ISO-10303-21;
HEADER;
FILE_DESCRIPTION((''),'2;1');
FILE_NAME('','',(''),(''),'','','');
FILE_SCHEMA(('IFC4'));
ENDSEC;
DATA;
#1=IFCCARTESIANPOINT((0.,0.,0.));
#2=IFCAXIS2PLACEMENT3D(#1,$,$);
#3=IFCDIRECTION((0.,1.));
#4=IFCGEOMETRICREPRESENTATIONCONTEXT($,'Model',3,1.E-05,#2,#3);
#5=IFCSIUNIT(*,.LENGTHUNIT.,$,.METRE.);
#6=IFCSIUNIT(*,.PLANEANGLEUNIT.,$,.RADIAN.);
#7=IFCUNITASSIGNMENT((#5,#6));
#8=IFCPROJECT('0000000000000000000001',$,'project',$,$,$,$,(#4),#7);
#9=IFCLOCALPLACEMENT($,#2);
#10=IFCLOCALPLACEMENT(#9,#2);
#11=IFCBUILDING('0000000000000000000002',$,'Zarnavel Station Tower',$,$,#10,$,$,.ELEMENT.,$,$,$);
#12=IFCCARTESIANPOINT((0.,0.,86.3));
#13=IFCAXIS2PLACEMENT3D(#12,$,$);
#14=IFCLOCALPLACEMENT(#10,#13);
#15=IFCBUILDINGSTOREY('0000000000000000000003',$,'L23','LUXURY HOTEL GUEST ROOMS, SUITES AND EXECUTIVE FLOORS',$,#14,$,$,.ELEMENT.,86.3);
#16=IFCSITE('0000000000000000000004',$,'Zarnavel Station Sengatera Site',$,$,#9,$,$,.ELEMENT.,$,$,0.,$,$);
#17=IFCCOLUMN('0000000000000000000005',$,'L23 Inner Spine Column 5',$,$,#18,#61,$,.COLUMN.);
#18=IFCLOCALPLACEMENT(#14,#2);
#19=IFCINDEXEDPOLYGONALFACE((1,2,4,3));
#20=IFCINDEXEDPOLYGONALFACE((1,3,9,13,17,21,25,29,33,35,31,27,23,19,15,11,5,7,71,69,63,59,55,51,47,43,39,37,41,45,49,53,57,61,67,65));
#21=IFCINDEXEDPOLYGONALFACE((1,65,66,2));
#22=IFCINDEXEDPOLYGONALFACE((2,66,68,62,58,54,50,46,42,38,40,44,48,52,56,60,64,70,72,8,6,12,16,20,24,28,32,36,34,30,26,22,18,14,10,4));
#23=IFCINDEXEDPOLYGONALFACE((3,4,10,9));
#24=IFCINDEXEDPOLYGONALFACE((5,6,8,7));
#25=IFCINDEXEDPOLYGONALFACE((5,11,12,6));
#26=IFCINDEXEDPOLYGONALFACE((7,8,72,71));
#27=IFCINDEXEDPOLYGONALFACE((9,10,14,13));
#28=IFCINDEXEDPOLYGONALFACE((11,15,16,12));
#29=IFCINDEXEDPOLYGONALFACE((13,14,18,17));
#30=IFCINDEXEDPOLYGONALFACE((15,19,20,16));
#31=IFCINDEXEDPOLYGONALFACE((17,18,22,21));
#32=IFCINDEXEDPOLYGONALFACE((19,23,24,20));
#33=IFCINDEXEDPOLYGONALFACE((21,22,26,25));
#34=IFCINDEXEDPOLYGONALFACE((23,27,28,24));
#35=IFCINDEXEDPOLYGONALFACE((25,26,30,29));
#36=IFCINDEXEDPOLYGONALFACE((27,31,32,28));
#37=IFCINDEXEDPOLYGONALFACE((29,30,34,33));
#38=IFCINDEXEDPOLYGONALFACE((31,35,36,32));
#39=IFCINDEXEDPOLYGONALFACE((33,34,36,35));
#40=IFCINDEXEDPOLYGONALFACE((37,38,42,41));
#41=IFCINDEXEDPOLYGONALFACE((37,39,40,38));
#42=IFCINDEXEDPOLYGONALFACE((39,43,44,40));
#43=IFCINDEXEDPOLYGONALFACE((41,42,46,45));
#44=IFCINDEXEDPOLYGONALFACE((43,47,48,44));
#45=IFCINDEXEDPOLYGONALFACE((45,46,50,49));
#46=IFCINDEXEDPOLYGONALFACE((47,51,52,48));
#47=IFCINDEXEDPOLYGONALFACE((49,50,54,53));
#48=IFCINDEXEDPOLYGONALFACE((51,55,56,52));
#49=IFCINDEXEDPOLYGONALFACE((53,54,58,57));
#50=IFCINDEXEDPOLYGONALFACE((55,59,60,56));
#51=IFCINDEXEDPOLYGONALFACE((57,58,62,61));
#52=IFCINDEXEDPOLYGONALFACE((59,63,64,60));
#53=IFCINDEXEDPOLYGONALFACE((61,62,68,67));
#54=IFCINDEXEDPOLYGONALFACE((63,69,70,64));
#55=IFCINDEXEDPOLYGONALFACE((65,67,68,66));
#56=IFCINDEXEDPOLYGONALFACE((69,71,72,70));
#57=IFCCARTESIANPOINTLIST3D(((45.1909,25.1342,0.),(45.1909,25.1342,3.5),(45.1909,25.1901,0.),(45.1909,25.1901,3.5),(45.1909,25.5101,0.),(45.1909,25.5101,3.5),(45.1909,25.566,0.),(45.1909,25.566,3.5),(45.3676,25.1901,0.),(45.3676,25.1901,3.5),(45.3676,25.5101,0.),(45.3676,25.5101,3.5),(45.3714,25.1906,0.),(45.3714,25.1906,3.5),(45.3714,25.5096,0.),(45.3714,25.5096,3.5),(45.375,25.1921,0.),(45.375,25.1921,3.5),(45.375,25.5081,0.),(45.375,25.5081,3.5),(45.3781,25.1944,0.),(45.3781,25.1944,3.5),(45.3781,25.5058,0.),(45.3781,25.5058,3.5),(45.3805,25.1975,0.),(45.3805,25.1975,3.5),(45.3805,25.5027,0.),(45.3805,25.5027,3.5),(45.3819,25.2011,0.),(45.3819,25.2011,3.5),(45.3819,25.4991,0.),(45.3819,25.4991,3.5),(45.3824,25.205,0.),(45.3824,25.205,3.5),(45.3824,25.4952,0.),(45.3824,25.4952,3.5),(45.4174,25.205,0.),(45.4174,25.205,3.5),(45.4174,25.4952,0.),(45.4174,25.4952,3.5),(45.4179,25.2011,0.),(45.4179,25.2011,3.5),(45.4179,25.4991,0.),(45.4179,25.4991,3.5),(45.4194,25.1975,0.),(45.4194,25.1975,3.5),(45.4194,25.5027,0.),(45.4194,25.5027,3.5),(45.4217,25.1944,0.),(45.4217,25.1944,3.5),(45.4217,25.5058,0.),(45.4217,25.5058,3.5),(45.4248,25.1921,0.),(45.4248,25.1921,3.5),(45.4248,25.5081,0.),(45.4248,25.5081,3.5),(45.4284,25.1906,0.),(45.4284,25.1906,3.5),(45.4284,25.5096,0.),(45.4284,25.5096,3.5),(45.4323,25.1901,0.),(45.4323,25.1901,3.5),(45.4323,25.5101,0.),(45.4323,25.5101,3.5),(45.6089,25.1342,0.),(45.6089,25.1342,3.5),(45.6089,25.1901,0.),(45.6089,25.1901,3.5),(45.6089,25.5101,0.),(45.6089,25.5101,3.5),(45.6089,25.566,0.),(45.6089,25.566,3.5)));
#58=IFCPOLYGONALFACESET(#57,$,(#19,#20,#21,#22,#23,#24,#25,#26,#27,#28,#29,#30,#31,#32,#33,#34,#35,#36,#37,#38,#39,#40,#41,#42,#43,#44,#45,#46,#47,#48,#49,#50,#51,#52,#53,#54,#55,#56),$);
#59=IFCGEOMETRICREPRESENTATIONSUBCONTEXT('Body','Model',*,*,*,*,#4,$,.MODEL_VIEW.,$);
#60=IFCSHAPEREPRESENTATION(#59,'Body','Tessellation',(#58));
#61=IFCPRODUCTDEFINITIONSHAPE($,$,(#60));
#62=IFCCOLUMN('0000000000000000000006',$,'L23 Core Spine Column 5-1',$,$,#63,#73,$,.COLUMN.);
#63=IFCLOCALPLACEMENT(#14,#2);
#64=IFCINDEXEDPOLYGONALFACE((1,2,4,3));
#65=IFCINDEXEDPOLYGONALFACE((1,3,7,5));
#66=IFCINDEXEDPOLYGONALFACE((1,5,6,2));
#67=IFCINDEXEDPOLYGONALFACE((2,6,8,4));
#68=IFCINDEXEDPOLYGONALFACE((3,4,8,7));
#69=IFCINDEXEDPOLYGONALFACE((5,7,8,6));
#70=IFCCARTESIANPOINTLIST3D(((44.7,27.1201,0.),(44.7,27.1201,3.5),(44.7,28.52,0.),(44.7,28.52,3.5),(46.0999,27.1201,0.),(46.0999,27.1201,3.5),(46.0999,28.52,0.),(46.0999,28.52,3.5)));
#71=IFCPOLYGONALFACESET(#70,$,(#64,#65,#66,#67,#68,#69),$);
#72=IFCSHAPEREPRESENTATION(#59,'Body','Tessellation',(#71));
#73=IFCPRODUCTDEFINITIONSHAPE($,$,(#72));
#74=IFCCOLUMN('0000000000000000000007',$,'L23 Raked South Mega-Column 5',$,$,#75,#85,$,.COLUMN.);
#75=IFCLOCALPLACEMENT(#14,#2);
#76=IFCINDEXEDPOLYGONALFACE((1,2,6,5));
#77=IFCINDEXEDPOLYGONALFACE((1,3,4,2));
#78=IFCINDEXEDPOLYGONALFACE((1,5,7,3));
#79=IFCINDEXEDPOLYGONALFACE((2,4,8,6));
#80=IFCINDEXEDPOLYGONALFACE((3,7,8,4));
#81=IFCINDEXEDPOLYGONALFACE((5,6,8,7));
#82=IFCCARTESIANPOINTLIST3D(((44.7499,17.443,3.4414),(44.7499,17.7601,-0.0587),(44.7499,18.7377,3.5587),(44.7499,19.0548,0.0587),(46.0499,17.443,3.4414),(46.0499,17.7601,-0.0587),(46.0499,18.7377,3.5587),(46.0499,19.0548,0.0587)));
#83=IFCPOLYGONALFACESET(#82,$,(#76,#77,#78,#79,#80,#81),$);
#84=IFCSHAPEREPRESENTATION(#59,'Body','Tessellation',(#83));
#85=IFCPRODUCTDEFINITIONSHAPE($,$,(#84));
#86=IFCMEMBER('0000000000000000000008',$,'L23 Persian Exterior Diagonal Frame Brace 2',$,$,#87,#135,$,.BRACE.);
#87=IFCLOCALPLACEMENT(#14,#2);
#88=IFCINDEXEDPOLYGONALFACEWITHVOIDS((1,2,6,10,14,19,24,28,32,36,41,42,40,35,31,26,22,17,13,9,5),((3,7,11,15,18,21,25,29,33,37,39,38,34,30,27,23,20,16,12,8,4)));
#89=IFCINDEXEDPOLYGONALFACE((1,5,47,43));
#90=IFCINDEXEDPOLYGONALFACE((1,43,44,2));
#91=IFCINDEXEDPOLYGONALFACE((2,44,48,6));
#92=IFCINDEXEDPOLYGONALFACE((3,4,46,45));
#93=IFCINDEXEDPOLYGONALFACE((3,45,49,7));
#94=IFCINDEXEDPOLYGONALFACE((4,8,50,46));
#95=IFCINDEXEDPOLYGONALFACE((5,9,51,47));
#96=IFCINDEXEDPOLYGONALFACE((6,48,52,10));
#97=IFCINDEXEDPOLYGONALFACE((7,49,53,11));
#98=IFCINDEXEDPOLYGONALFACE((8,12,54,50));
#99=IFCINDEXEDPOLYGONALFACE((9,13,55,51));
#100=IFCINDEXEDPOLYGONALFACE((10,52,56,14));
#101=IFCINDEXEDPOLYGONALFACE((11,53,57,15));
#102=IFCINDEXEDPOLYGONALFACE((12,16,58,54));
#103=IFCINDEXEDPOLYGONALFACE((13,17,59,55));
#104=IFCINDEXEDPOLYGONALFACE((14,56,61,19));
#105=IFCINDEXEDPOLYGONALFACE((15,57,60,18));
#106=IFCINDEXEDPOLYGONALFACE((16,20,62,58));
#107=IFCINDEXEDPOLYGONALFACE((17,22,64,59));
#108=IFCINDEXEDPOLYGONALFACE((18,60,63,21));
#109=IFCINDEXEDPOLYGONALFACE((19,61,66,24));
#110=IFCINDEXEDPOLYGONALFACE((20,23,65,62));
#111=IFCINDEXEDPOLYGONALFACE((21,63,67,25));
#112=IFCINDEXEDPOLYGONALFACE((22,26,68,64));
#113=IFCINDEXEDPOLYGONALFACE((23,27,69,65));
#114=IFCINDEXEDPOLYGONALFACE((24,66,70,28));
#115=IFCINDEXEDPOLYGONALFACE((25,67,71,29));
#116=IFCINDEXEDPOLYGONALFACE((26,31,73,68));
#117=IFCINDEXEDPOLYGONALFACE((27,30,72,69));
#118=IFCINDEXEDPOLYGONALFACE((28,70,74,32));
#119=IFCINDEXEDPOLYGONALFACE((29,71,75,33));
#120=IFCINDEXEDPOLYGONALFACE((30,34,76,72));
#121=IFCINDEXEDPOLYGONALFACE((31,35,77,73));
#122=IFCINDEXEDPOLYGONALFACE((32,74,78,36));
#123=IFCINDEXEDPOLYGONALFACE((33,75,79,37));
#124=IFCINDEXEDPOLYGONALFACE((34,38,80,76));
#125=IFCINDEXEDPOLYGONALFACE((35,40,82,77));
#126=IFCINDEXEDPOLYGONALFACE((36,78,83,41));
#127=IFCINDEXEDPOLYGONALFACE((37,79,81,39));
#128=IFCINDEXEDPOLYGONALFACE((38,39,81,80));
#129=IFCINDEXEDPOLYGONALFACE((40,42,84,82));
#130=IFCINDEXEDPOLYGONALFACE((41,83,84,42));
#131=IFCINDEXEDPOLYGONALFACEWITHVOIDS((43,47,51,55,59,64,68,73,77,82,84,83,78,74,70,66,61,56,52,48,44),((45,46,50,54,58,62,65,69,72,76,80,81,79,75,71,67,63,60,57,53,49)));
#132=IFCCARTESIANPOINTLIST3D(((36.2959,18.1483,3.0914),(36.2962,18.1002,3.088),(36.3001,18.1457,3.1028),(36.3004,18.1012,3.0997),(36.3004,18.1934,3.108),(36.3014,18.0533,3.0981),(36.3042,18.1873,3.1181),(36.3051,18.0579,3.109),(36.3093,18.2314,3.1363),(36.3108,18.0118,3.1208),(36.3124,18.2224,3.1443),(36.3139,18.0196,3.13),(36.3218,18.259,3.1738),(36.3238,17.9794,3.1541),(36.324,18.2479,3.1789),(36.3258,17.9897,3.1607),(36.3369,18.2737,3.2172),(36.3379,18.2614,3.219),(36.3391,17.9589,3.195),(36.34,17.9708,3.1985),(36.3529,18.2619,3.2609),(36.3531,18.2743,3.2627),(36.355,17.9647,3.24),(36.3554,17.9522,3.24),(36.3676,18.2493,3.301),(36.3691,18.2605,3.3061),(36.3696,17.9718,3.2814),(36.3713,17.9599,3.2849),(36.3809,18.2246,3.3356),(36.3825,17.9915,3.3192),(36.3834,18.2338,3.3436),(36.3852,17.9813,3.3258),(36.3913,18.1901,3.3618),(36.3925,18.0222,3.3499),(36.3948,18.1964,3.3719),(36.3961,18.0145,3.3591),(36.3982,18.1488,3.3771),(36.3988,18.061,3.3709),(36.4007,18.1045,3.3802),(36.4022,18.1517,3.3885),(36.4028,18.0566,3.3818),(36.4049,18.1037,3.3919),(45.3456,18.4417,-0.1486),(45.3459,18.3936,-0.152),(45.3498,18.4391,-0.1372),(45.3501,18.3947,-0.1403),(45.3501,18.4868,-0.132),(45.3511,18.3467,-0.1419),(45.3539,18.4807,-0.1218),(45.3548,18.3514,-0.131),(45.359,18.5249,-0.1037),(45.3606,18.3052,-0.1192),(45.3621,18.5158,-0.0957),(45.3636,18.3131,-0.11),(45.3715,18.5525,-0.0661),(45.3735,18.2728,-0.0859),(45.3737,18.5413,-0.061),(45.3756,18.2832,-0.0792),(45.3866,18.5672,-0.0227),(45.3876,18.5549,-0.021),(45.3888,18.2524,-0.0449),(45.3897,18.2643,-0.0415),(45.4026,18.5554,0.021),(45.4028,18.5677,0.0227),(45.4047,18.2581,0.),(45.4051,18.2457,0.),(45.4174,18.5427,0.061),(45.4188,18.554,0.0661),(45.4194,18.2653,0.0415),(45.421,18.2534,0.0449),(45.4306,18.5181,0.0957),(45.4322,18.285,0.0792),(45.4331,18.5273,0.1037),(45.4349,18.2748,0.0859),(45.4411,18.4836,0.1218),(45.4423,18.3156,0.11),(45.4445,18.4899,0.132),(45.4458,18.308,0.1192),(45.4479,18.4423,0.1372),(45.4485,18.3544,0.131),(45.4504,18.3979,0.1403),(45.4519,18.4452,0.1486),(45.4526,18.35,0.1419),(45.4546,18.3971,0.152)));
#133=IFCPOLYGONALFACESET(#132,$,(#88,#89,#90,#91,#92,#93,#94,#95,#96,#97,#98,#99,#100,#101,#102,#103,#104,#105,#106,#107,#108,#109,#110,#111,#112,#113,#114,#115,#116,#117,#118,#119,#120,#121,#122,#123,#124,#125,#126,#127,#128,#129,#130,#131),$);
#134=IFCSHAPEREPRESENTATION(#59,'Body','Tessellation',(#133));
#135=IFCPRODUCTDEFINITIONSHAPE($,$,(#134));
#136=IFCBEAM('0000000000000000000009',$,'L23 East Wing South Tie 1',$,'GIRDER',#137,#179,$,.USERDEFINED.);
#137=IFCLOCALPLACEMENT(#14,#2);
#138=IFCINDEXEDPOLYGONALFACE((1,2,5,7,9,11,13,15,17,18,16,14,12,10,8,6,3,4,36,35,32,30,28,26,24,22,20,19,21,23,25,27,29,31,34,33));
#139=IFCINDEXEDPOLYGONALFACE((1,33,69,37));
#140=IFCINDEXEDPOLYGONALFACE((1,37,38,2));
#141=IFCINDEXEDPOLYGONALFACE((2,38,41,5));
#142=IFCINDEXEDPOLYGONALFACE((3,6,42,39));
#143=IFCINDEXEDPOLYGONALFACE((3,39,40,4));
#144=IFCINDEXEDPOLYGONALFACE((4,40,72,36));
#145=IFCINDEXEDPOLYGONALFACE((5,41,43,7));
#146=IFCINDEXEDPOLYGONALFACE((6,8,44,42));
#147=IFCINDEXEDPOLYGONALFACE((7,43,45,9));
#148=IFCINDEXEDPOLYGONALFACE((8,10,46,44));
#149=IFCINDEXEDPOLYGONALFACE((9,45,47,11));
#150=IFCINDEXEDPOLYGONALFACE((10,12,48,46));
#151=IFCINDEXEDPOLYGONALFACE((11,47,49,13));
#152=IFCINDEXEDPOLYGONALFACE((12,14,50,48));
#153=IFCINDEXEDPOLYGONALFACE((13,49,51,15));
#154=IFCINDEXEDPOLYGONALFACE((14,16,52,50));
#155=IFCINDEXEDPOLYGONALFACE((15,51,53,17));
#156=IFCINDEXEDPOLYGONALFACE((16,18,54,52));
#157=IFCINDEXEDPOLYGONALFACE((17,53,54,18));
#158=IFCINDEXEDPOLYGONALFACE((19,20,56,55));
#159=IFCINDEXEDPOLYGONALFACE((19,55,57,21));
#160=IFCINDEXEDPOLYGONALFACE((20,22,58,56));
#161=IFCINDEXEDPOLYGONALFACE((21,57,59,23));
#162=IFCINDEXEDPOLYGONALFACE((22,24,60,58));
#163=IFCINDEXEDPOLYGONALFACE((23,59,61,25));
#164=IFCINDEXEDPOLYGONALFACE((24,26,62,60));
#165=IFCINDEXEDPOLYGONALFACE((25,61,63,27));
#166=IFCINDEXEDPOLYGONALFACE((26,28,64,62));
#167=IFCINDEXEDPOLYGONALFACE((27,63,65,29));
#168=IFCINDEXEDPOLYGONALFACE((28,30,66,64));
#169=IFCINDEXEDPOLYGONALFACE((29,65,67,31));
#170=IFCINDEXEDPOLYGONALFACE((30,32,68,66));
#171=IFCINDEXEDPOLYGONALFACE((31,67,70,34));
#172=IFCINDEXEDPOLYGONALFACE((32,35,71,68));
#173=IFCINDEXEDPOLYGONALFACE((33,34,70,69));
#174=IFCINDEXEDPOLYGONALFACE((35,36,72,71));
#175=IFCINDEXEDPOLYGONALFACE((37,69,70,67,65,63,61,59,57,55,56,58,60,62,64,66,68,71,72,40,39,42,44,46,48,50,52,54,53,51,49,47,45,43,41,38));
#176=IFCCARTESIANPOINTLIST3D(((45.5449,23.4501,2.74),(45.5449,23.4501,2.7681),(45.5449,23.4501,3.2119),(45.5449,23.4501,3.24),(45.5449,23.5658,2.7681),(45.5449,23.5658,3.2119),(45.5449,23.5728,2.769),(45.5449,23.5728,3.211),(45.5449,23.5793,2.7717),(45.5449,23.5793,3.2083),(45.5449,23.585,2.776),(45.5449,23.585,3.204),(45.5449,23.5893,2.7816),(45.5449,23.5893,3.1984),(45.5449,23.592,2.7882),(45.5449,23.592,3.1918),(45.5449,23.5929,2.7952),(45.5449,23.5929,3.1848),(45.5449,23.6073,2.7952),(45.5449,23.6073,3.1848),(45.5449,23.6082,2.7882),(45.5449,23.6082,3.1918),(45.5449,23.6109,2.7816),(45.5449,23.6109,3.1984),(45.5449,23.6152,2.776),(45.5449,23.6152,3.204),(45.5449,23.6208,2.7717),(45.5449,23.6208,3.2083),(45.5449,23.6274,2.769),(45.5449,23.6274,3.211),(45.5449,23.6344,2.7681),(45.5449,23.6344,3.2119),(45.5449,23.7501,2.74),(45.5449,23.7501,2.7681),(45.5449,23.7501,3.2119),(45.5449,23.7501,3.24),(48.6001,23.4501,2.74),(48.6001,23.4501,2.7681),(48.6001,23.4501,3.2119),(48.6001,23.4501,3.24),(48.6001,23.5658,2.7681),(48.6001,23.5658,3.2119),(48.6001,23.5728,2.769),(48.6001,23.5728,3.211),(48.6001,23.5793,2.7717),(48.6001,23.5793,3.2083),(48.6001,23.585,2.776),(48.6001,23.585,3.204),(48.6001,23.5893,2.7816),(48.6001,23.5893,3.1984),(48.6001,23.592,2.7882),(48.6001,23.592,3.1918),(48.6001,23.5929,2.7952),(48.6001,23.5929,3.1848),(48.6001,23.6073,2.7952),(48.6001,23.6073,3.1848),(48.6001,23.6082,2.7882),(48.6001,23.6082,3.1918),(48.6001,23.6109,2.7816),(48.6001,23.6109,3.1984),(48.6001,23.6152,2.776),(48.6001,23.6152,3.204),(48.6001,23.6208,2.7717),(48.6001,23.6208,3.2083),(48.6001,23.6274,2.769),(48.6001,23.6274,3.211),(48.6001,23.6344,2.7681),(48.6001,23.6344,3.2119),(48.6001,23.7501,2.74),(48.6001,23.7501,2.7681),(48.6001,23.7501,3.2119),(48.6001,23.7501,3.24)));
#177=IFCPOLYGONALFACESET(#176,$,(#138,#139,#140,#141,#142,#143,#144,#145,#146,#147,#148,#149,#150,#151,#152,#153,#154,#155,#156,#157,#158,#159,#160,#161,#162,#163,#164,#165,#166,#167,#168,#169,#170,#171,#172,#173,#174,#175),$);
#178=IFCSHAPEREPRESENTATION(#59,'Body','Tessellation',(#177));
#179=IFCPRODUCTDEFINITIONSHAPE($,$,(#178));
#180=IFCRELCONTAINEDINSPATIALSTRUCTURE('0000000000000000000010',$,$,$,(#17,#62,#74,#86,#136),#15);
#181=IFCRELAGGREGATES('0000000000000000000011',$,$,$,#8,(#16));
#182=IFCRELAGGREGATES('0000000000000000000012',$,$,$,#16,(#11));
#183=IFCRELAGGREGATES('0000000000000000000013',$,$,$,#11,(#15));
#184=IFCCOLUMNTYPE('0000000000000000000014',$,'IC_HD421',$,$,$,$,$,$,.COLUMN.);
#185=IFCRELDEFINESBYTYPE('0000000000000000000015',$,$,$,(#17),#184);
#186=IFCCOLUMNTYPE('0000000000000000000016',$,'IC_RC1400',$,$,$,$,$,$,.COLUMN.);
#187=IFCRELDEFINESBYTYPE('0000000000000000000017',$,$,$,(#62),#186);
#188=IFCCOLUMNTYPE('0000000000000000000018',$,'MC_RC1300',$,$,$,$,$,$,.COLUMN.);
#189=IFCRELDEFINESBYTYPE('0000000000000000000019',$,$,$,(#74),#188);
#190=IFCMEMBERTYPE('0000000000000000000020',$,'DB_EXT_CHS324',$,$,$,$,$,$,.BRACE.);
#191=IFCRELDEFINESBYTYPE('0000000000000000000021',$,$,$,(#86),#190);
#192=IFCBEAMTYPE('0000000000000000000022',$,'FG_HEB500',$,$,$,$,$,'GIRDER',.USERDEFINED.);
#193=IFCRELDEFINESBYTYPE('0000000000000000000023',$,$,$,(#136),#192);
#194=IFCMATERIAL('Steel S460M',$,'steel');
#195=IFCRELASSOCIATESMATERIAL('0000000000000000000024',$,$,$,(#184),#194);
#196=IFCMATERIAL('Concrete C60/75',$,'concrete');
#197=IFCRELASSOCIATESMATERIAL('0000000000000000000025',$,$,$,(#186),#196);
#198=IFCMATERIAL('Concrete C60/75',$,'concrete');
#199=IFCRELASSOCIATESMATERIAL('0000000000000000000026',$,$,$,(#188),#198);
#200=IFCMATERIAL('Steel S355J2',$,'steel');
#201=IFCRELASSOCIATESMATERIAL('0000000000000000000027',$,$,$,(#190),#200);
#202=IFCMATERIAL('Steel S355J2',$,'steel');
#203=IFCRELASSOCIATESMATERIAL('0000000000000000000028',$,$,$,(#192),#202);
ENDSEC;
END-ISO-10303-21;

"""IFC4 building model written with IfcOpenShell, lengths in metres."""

from ifc_helpers import new_model, si_unit, direction, frame, origin, origin_2d, place, context, subcontext, project, spatial, rectangle, hollow_circle, i_section, extrude, material, material_profile, profile_set, type_object, element, save


model = new_model("IFC4")

# Units and contexts
model_context = context("Model", 3, precision=1e-05, world=origin(), true_north=direction((0.0, 1.0)))
body_context = subcontext(model_context, "Body", "Model", "MODEL_VIEW")
ifc_project = project(units=[si_unit("LENGTHUNIT", "METRE"), si_unit("PLANEANGLEUNIT", "RADIAN")], contexts=[model_context])

# Site, building, storey
site_placement = place(None, origin())
site = spatial("IfcSite", under=ifc_project, at=site_placement, Name="Zarnavel Station Sengatera Site", CompositionType="ELEMENT", RefElevation=0.0)
building_placement = place(site_placement, origin())
building = spatial("IfcBuilding", under=site, at=building_placement, Name="Zarnavel Station Tower", CompositionType="ELEMENT")
storey_placement = place(building_placement, frame((0.0, 0.0, 86.3)))
storey = spatial("IfcBuildingStorey", under=building, at=storey_placement, Name="L23", Description="LUXURY HOTEL GUEST ROOMS, SUITES AND EXECUTIVE FLOORS", CompositionType="ELEMENT", Elevation=86.3)

# Columns
ifc_material_1 = material(Name="Steel S460M", Category="steel")
ifc_material_profile_1 = material_profile(ifc_material_1, i_section(OverallWidth=0.418, OverallDepth=0.4319, WebThickness=0.0349, FlangeThickness=0.0559, FilletRadius=0.0149, at=origin_2d()), Name="HD400x421")
ifc_profile_set_1 = profile_set([ifc_material_profile_1], Name="Steel S460M")
column_type_1 = type_object("IfcColumnType", Name="IC_HD421", PredefinedType="COLUMN", material=ifc_profile_set_1)
column_1_placement = place(storey_placement, frame((45.3999, 25.3501, 0.0), z_axis=(0.0, 0.0, 1.0), x_axis=(1.0, 0.0, 0.0)))
element("IfcColumn", 1, at=column_1_placement, inside=storey, type_object=column_type_1, Name="L23 Inner Spine Column 5", PredefinedType="COLUMN", context=body_context, shape_type="SweptSolid", body=[
    extrude(i_section(OverallWidth=0.418, OverallDepth=0.4319, WebThickness=0.0349, FlangeThickness=0.0559, FilletRadius=0.0149, at=origin_2d()), origin(), (0.0, 0.0, 1.0), 3.5),
])
ifc_material_2 = material(Name="Concrete C60/75", Category="concrete")
ifc_material_profile_2 = material_profile(ifc_material_2, rectangle(XDim=1.3999, YDim=1.3999, at=origin_2d()), Name="RC1400x1400")
ifc_profile_set_2 = profile_set([ifc_material_profile_2], Name="Concrete C60/75")
column_type_2 = type_object("IfcColumnType", Name="IC_RC1400", PredefinedType="COLUMN", material=ifc_profile_set_2)
column_2_placement = place(storey_placement, frame((45.3999, 27.8201, 0.0), z_axis=(0.0, 0.0, 1.0), x_axis=(1.0, 0.0, 0.0)))
element("IfcColumn", 2, at=column_2_placement, inside=storey, type_object=column_type_2, Name="L23 Core Spine Column 5-1", PredefinedType="COLUMN", context=body_context, shape_type="SweptSolid", body=[
    extrude(rectangle(XDim=1.3999, YDim=1.3999, at=origin_2d()), origin(), (0.0, 0.0, 1.0), 3.5),
])
ifc_material_3 = material(Name="Concrete C60/75", Category="concrete")
ifc_material_profile_3 = material_profile(ifc_material_3, rectangle(XDim=1.3, YDim=1.3, at=origin_2d()), Name="RC1300x1300")
ifc_profile_set_3 = profile_set([ifc_material_profile_3], Name="Concrete C60/75")
column_type_3 = type_object("IfcColumnType", Name="MC_RC1300", PredefinedType="COLUMN", material=ifc_profile_set_3)
column_3_placement = place(storey_placement, frame((45.3999, 18.4075, 0.0), z_axis=(0.0, -0.090241, 0.99592), x_axis=(1.0, 0.0, 0.0)))
element("IfcColumn", 3, at=column_3_placement, inside=storey, type_object=column_type_3, Name="L23 Raked South Mega-Column 5", PredefinedType="COLUMN", context=body_context, shape_type="SweptSolid", body=[
    extrude(rectangle(XDim=1.3, YDim=1.3, at=origin_2d()), origin(), (0.0, 0.0, 1.0), 3.5144),
])

# Member
ifc_material_4 = material(Name="Steel S355J2", Category="steel")
ifc_material_profile_4 = material_profile(ifc_material_4, hollow_circle(Radius=0.1619, WallThickness=0.0125, at=origin_2d()), Name="CHS323.9x12.5")
ifc_profile_set_4 = profile_set([ifc_material_profile_4], Name="Steel S355J2")
member_type = type_object("IfcMemberType", Name="DB_EXT_CHS324", PredefinedType="BRACE", material=ifc_profile_set_4)
member_placement = place(storey_placement, frame((45.3999, 18.4075, 0.0), z_axis=(-0.941042, -0.030515, 0.33691), x_axis=(0.03241, -0.999475, 0.0)))
element("IfcMember", 4, at=member_placement, inside=storey, type_object=member_type, Name="L23 Persian Exterior Diagonal Frame Brace 2", PredefinedType="BRACE", context=body_context, shape_type="SweptSolid", body=[
    extrude(hollow_circle(Radius=0.1619, WallThickness=0.0125, at=origin_2d()), origin(), (0.0, 0.0, 1.0), 9.6167),
])

# Beam
ifc_material_5 = material(Name="Steel S355J2", Category="steel")
ifc_material_profile_5 = material_profile(ifc_material_5, i_section(OverallWidth=0.3, OverallDepth=0.5, WebThickness=0.0144, FlangeThickness=0.0281, FilletRadius=0.0271, at=origin_2d()), Name="HEB500")
ifc_profile_set_5 = profile_set([ifc_material_profile_5], Name="Steel S355J2")
beam_type_1 = type_object("IfcBeamType", Name="FG_HEB500", ElementType="GIRDER", PredefinedType="USERDEFINED", material=ifc_profile_set_5)
beam_1_placement = place(storey_placement, frame((45.5449, 23.6001, 2.99), z_axis=(1.0, 0.0, 0.0), x_axis=(0.0, 1.0, 0.0)))
element("IfcBeam", 5, at=beam_1_placement, inside=storey, type_object=beam_type_1, Name="L23 East Wing South Tie 1", ObjectType="GIRDER", PredefinedType="USERDEFINED", context=body_context, shape_type="SweptSolid", body=[
    extrude(i_section(OverallWidth=0.3, OverallDepth=0.5, WebThickness=0.0144, FlangeThickness=0.0281, FilletRadius=0.0271, at=origin_2d()), origin(), (0.0, 0.0, 1.0), 3.0552),
])

save(model, "model.ifc")
